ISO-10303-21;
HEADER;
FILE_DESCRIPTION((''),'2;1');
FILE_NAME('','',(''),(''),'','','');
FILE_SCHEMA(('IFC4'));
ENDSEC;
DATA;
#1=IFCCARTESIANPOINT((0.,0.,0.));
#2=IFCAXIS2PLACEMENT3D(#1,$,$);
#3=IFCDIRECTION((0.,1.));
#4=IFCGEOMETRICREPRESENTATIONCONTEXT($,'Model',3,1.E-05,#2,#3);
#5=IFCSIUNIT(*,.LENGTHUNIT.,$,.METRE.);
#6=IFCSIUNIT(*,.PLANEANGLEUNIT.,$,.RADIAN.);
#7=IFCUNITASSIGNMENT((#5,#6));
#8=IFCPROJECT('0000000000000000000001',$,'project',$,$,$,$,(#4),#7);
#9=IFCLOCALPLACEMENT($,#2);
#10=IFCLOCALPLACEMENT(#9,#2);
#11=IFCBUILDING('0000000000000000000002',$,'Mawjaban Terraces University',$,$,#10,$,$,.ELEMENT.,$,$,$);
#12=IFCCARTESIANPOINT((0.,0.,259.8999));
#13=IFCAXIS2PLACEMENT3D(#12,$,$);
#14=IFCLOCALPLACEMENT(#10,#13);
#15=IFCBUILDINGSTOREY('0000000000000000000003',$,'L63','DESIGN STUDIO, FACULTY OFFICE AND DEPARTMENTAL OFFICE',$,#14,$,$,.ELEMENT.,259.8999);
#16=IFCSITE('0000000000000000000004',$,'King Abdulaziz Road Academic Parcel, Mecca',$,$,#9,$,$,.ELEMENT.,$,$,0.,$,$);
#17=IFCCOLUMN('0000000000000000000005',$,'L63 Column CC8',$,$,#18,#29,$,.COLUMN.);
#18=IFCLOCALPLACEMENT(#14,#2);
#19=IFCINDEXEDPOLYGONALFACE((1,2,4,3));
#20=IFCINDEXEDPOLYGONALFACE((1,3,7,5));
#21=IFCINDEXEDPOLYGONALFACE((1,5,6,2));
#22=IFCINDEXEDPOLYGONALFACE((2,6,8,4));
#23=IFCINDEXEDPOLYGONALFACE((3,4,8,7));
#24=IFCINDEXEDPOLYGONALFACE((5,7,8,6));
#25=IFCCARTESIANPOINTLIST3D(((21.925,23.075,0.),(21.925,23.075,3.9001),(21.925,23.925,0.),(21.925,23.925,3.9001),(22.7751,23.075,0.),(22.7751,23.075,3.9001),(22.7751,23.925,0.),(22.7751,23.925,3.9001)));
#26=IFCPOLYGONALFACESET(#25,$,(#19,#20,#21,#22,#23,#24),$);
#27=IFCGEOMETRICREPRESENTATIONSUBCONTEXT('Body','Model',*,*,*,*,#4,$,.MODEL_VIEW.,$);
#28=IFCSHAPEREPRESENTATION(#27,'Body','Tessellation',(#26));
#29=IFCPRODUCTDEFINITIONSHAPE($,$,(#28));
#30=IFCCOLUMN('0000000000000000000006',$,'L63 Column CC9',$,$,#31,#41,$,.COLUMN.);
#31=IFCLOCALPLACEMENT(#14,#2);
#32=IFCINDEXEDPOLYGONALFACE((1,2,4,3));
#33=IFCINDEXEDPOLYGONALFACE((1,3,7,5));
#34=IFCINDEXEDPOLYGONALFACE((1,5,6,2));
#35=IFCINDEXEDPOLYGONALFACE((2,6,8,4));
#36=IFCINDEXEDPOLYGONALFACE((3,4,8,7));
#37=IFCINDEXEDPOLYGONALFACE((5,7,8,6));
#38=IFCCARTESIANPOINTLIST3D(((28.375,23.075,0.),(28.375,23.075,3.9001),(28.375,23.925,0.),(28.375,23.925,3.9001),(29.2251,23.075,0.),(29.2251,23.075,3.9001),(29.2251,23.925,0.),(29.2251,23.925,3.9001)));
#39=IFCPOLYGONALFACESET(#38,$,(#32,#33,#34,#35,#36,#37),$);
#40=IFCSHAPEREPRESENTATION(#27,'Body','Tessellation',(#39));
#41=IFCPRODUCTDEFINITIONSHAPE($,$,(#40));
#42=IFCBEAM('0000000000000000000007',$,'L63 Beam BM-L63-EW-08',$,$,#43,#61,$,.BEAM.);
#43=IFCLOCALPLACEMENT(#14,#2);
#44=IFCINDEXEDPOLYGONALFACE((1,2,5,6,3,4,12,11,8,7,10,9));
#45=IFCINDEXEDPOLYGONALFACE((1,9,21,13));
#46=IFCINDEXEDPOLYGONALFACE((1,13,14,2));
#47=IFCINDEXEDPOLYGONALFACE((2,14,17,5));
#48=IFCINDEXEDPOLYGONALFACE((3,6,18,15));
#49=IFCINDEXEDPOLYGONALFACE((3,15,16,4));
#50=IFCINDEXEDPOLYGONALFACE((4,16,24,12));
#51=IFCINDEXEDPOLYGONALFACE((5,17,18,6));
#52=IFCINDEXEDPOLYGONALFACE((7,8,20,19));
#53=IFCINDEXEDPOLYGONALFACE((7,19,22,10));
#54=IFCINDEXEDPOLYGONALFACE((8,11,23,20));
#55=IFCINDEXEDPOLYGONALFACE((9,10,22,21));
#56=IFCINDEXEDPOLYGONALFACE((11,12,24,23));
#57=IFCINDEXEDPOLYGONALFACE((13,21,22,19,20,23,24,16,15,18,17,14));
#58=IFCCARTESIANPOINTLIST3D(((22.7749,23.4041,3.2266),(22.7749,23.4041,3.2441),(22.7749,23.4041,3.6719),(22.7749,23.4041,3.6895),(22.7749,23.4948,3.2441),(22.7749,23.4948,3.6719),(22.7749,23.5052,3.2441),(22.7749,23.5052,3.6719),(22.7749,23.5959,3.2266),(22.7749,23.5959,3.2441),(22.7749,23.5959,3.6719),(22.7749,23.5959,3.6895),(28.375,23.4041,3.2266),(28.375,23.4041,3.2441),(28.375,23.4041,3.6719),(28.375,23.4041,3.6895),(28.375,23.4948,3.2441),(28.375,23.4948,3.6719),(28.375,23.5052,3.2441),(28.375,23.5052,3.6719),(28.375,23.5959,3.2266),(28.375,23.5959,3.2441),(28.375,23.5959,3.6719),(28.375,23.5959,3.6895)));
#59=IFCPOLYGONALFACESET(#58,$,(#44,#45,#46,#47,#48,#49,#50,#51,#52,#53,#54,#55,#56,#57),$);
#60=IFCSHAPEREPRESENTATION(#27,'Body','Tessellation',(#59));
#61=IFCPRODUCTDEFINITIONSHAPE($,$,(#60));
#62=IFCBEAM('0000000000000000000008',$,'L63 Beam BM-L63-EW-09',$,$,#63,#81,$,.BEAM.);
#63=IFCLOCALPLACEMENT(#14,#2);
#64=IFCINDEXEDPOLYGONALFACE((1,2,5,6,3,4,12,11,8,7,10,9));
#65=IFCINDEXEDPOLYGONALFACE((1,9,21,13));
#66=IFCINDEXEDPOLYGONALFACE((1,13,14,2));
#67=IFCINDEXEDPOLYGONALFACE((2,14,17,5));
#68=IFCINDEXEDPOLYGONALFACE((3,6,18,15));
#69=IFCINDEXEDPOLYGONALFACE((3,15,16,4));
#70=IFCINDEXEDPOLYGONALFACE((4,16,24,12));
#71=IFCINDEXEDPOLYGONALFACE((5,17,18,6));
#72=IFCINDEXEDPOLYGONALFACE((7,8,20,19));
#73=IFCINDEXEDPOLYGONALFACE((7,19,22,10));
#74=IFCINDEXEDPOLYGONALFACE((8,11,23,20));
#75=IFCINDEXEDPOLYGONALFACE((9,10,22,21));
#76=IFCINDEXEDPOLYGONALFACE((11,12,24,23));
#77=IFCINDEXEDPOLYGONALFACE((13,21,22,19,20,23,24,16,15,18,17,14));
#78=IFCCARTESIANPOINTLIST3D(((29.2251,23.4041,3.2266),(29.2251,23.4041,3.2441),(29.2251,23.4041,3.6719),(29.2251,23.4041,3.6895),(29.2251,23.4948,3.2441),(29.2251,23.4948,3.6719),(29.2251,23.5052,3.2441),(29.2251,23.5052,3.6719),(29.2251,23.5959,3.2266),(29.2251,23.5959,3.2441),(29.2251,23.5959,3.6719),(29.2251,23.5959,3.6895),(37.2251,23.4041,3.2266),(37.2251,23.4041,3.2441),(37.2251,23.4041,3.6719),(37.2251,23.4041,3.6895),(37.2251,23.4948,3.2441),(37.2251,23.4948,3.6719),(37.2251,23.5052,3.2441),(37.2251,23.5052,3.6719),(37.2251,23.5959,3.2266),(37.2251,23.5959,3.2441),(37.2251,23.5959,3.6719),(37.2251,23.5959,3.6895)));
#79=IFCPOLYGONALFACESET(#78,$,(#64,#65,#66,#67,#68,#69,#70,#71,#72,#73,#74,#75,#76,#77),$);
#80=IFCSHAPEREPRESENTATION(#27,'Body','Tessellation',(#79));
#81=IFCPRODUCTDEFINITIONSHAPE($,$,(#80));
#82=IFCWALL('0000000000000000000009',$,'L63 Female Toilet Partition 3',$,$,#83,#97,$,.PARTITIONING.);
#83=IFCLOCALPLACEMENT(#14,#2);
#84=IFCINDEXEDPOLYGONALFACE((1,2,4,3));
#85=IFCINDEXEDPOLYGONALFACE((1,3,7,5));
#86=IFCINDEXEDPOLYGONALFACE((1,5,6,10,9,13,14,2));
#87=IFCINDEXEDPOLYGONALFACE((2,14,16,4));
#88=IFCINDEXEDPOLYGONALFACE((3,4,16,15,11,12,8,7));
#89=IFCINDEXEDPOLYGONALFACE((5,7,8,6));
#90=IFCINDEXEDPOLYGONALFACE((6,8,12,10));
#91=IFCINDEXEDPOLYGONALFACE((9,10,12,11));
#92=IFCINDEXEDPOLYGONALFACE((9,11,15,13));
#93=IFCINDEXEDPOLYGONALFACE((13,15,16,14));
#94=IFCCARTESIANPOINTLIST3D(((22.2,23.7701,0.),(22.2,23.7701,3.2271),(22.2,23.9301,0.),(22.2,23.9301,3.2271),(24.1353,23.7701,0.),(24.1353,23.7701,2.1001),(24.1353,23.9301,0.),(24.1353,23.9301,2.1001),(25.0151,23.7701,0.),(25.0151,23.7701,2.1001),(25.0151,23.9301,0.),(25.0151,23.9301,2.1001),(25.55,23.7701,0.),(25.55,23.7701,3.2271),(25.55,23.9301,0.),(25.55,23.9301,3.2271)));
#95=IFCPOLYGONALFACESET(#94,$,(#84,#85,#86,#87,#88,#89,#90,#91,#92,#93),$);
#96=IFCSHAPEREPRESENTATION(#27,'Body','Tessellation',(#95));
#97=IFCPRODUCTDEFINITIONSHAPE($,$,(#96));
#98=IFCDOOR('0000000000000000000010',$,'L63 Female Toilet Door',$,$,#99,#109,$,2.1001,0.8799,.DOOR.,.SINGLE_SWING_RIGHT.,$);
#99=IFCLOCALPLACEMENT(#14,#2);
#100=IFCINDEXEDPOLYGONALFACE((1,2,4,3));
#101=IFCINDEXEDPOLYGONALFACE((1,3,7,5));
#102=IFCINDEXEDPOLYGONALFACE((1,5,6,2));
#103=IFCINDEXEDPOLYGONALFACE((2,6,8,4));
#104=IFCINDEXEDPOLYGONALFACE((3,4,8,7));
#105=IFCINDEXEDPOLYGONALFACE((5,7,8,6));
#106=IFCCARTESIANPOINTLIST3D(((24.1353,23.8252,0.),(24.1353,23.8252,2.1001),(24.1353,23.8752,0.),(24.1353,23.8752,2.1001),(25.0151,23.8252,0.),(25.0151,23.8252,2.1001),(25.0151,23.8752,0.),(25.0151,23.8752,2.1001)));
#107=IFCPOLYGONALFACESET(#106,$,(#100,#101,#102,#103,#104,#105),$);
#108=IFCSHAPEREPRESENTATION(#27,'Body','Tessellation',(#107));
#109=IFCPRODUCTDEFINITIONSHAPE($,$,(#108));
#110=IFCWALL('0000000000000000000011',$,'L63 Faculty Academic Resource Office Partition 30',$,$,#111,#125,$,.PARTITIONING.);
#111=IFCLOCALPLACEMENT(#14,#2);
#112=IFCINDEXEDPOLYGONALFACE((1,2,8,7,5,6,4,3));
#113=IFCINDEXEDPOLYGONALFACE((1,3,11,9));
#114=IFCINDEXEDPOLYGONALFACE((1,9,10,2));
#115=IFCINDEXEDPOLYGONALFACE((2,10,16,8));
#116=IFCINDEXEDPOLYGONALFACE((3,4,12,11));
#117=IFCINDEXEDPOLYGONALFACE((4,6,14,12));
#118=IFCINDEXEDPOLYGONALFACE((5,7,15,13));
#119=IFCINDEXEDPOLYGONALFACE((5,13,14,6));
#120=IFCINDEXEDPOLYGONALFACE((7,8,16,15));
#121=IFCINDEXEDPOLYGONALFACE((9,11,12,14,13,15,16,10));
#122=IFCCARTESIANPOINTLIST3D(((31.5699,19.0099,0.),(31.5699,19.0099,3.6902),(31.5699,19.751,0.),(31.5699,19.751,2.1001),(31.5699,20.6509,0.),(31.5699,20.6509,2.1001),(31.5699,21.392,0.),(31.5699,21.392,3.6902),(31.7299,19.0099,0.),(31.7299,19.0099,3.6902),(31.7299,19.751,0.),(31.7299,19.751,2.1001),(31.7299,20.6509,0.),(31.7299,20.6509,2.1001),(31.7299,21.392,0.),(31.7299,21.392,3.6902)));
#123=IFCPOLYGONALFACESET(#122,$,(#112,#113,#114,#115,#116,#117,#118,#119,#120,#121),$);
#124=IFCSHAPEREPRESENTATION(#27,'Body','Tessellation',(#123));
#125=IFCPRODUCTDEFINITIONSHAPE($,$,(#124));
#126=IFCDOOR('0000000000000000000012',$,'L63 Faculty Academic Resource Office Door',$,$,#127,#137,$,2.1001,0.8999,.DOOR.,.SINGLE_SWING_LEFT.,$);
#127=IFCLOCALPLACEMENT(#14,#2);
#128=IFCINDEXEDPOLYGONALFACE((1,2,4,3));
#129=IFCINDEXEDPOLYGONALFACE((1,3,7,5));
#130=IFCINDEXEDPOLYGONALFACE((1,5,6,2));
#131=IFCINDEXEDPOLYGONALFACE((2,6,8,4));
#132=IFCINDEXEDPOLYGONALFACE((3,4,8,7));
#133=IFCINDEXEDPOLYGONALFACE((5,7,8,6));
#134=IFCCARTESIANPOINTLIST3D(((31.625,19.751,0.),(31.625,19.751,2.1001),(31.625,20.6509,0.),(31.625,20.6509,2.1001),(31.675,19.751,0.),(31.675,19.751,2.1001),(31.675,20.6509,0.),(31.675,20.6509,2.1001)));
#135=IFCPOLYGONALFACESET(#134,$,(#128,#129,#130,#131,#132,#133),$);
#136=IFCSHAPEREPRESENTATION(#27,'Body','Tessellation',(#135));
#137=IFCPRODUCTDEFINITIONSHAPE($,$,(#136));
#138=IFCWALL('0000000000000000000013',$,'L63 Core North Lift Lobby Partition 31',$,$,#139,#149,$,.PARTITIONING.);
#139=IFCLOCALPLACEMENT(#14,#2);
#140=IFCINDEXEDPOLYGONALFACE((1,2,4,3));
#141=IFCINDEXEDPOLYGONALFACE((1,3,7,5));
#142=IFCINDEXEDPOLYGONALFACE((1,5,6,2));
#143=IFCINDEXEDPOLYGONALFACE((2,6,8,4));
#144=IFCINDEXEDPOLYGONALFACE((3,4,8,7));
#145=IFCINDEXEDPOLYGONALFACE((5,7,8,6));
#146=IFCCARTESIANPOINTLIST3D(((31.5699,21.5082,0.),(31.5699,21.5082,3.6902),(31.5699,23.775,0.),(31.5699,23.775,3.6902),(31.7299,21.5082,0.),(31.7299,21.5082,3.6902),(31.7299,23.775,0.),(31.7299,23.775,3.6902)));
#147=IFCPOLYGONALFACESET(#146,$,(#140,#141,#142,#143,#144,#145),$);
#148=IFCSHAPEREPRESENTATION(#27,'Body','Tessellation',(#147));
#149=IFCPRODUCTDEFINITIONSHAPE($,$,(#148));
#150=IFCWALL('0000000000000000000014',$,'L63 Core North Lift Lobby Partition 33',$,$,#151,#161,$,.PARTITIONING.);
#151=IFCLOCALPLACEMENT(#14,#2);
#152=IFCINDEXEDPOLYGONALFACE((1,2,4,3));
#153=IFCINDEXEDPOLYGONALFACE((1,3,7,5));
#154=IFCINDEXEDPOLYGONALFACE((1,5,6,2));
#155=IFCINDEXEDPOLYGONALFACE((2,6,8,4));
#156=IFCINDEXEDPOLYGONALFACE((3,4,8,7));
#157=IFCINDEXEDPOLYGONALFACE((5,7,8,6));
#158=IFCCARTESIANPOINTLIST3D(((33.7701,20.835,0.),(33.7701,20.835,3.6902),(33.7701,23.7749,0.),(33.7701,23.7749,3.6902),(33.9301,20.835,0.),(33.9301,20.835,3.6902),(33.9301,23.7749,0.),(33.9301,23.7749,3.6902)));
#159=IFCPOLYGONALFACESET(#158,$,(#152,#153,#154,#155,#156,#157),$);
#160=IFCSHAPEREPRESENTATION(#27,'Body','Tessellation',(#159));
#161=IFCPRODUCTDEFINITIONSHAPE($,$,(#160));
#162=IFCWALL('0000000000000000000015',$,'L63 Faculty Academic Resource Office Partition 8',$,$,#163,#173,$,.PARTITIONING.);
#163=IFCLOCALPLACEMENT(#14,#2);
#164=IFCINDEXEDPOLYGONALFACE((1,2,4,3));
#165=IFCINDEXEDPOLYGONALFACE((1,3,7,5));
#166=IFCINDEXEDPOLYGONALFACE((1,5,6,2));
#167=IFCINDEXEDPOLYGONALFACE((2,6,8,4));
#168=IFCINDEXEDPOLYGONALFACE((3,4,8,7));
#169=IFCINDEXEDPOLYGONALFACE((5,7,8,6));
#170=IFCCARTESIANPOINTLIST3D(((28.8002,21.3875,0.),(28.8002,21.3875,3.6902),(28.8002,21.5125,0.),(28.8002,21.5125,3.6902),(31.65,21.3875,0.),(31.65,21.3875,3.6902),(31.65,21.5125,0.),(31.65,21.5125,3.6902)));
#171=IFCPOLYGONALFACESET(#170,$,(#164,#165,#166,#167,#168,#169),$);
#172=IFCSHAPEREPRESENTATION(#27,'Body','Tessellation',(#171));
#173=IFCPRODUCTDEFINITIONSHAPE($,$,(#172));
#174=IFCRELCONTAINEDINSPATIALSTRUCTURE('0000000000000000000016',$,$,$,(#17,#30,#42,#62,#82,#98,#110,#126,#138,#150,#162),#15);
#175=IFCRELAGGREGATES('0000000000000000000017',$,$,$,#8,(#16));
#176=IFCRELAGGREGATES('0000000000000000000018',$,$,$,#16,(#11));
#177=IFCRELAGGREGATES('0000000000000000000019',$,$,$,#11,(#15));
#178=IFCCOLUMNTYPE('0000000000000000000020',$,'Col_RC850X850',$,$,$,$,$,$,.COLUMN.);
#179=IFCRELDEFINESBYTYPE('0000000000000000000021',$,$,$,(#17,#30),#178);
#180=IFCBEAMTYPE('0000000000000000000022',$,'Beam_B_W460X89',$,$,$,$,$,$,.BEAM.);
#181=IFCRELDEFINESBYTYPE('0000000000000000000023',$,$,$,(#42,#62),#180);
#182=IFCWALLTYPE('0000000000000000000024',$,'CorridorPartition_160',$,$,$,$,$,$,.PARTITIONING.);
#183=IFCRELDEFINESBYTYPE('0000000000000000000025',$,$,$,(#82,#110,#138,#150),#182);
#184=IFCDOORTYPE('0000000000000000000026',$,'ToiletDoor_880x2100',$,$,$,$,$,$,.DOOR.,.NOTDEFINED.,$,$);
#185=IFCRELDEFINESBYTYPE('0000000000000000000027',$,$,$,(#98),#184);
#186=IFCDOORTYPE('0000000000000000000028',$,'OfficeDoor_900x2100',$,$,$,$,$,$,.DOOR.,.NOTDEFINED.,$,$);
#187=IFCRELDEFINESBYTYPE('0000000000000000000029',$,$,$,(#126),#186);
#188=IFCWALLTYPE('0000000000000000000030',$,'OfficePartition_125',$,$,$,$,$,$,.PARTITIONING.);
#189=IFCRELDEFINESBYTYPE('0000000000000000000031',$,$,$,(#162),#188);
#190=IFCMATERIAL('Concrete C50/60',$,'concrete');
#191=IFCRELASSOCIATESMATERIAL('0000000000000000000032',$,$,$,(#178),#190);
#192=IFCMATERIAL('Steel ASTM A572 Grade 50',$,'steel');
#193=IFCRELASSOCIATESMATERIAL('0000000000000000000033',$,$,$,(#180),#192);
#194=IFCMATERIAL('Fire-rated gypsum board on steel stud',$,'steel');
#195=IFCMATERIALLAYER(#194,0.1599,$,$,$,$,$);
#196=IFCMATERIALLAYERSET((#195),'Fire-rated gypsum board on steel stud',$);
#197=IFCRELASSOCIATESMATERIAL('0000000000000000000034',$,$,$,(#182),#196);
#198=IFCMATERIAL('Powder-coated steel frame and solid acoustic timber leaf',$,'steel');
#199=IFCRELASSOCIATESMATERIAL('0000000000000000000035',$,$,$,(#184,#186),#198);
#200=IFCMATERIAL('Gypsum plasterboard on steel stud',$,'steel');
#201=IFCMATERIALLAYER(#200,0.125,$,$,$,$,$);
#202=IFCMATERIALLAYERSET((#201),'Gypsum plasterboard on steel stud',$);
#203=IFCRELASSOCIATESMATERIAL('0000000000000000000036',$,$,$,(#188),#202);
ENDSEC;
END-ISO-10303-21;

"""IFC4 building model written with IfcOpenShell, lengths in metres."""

from ifc_helpers import new_model, si_unit, direction, frame, frame_2d, origin, origin_2d, place, context, subcontext, project, spatial, rectangle, i_section, extrude, material, layer, layer_set, material_profile, profile_set, type_object, element, fill, save


model = new_model("IFC4")

# Units and contexts
model_context = context("Model", 3, precision=1e-05, world=origin(), true_north=direction((0.0, 1.0)))
body_context = subcontext(model_context, "Body", "Model", "MODEL_VIEW")
ifc_project = project(units=[si_unit("LENGTHUNIT", "METRE"), si_unit("PLANEANGLEUNIT", "RADIAN")], contexts=[model_context])

# Site, building, storey
site_placement = place(None, origin())
site = spatial("IfcSite", under=ifc_project, at=site_placement, Name="King Abdulaziz Road Academic Parcel, Mecca", CompositionType="ELEMENT", RefElevation=0.0)
building_placement = place(site_placement, origin())
building = spatial("IfcBuilding", under=site, at=building_placement, Name="Mawjaban Terraces University", CompositionType="ELEMENT")
storey_placement = place(building_placement, frame((0.0, 0.0, 259.8999)))
storey = spatial("IfcBuildingStorey", under=building, at=storey_placement, Name="L63", Description="DESIGN STUDIO, FACULTY OFFICE AND DEPARTMENTAL OFFICE", CompositionType="ELEMENT", Elevation=259.8999)

# Columns
ifc_material_1 = material(Name="Concrete C50/60", Category="concrete")
ifc_material_profile_1 = material_profile(ifc_material_1, rectangle(XDim=0.8501, YDim=0.8501, at=origin_2d()), Name="RC850X850")
ifc_profile_set_1 = profile_set([ifc_material_profile_1], Name="Concrete C50/60")
column_type = type_object("IfcColumnType", Name="Col_RC850X850", PredefinedType="COLUMN", material=ifc_profile_set_1)
for number, where, z_axis, x_axis, name in (
    (1, (22.3501, 23.5, 0.0), (0.0, 0.0, 1.0), (1.0, 0.0, 0.0), "L63 Column CC8"),
    (2, (28.8, 23.5, 0.0), (0.0, 0.0, 1.0), (1.0, 0.0, 0.0), "L63 Column CC9"),
):
    element("IfcColumn", number, at=place(storey_placement, frame(where, z_axis=z_axis, x_axis=x_axis)), inside=storey, type_object=column_type, Name=name, PredefinedType="COLUMN", context=body_context, shape_type="SweptSolid", body=[
        extrude(rectangle(XDim=0.8501, YDim=0.8501, at=origin_2d()), origin(), (0.0, 0.0, 1.0), 3.9001),
    ])

# Beams
ifc_material_2 = material(Name="Steel ASTM A572 Grade 50", Category="steel")
ifc_material_profile_2 = material_profile(ifc_material_2, i_section(OverallWidth=0.1919, OverallDepth=0.4629, WebThickness=0.0105, FlangeThickness=0.0176, at=origin_2d()), Name="W460X89")
ifc_profile_set_2 = profile_set([ifc_material_profile_2], Name="Steel ASTM A572 Grade 50")
beam_type = type_object("IfcBeamType", Name="Beam_B_W460X89", PredefinedType="BEAM", material=ifc_profile_set_2)
beam_1_placement = place(storey_placement, frame((22.7749, 23.5, 3.458), z_axis=(1.0, 0.0, 0.0), x_axis=(0.0, 1.0, 0.0)))
element("IfcBeam", 3, at=beam_1_placement, inside=storey, type_object=beam_type, Name="L63 Beam BM-L63-EW-08", PredefinedType="BEAM", context=body_context, shape_type="SweptSolid", body=[
    extrude(i_section(OverallWidth=0.1919, OverallDepth=0.4629, WebThickness=0.0105, FlangeThickness=0.0176, at=origin_2d()), origin(), (0.0, 0.0, 1.0), 5.6001),
])
beam_2_placement = place(storey_placement, frame((29.2251, 23.5, 3.458), z_axis=(1.0, 0.0, 0.0), x_axis=(0.0, 1.0, 0.0)))
element("IfcBeam", 4, at=beam_2_placement, inside=storey, type_object=beam_type, Name="L63 Beam BM-L63-EW-09", PredefinedType="BEAM", context=body_context, shape_type="SweptSolid", body=[
    extrude(i_section(OverallWidth=0.1919, OverallDepth=0.4629, WebThickness=0.0105, FlangeThickness=0.0176, at=origin_2d()), origin(), (0.0, 0.0, 1.0), 8.0),
])

# Walls, openings, doors
ifc_material_3 = material(Name="Fire-rated gypsum board on steel stud", Category="steel")
ifc_layer_1 = layer(ifc_material_3, 0.1599)
ifc_layer_set_1 = layer_set([ifc_layer_1], Name="Fire-rated gypsum board on steel stud")
wall_type_1 = type_object("IfcWallType", Name="CorridorPartition_160", PredefinedType="PARTITIONING", material=ifc_layer_set_1)
wall_1_placement = place(storey_placement, frame((25.55, 23.8501, 0.0), z_axis=(0.0, 0.0, 1.0), x_axis=(-1.0, 0.0, 0.0)))
wall_1 = element("IfcWall", 5, at=wall_1_placement, inside=storey, type_object=wall_type_1, Name="L63 Female Toilet Partition 3", PredefinedType="PARTITIONING", context=body_context, shape_type="SweptSolid", body=[
    extrude(rectangle(XDim=3.3501, YDim=0.1599, at=frame_2d((1.675, 0.0))), origin(), (0.0, 0.0, 1.0), 3.2271),
])
opening_1_placement = place(wall_1_placement, frame((0.5349, 0.0, 0.0)))
opening_1 = element("IfcOpeningElement", 6, at=opening_1_placement, cuts=wall_1, PredefinedType="OPENING", context=body_context, shape_type="SweptSolid", body=[
    extrude(rectangle(XDim=0.8799, YDim=2.1001, at=frame_2d((0.4399, 1.05))), frame((0.0, 0.0898, 0.0), z_axis=(0.0, -1.0, 0.0), x_axis=(1.0, 0.0, 0.0)), (0.0, 0.0, 1.0), 0.1799),
])
ifc_material_4 = material(Name="Powder-coated steel frame and solid acoustic timber leaf", Category="steel")
door_type_1 = type_object("IfcDoorType", Name="ToiletDoor_880x2100", OperationType="NOTDEFINED", PredefinedType="DOOR", material=ifc_material_4)
door_1_placement = place(opening_1_placement, origin())
door_1 = element("IfcDoor", 7, at=door_1_placement, inside=storey, type_object=door_type_1, Name="L63 Female Toilet Door", OperationType="SINGLE_SWING_RIGHT", OverallHeight=2.1001, OverallWidth=0.8799, PredefinedType="DOOR", context=body_context, shape_type="SweptSolid", body=[
    extrude(rectangle(XDim=0.8799, YDim=2.1001, at=frame_2d((0.4399, 1.05))), frame((0.0, 0.0249, 0.0), z_axis=(0.0, -1.0, 0.0), x_axis=(1.0, 0.0, 0.0)), (0.0, 0.0, 1.0), 0.05),
])
fill(opening_1, door_1)
wall_2_placement = place(storey_placement, frame((31.6499, 19.01, 0.0), z_axis=(0.0, 0.0, 1.0), x_axis=(0.0, 1.0, 0.0)))
wall_2 = element("IfcWall", 8, at=wall_2_placement, inside=storey, type_object=wall_type_1, Name="L63 Faculty Academic Resource Office Partition 30", PredefinedType="PARTITIONING", context=body_context, shape_type="SweptSolid", body=[
    extrude(rectangle(XDim=2.3821, YDim=0.1599, at=frame_2d((1.1909, 0.0))), origin(), (0.0, 0.0, 1.0), 3.6902),
])
opening_2_placement = place(wall_2_placement, frame((0.741, 0.0, 0.0)))
opening_2 = element("IfcOpeningElement", 9, at=opening_2_placement, cuts=wall_2, PredefinedType="OPENING", context=body_context, shape_type="SweptSolid", body=[
    extrude(rectangle(XDim=0.8999, YDim=2.1001, at=frame_2d((0.45, 1.05))), frame((0.0, 0.0898, 0.0), z_axis=(0.0, -1.0, 0.0), x_axis=(1.0, 0.0, 0.0)), (0.0, 0.0, 1.0), 0.1799),
])
door_type_2 = type_object("IfcDoorType", Name="OfficeDoor_900x2100", OperationType="NOTDEFINED", PredefinedType="DOOR", material=ifc_material_4)
door_2_placement = place(opening_2_placement, origin())
door_2 = element("IfcDoor", 10, at=door_2_placement, inside=storey, type_object=door_type_2, Name="L63 Faculty Academic Resource Office Door", OperationType="SINGLE_SWING_LEFT", OverallHeight=2.1001, OverallWidth=0.8999, PredefinedType="DOOR", context=body_context, shape_type="SweptSolid", body=[
    extrude(rectangle(XDim=0.8999, YDim=2.1001, at=frame_2d((0.45, 1.05))), frame((0.0, 0.0249, 0.0), z_axis=(0.0, -1.0, 0.0), x_axis=(1.0, 0.0, 0.0)), (0.0, 0.0, 1.0), 0.05),
])
fill(opening_2, door_2)

# Walls
wall_3_placement = place(storey_placement, frame((31.6499, 23.7749, 0.0), z_axis=(0.0, 0.0, 1.0), x_axis=(0.0, -1.0, 0.0)))
element("IfcWall", 11, at=wall_3_placement, inside=storey, type_object=wall_type_1, Name="L63 Core North Lift Lobby Partition 31", PredefinedType="PARTITIONING", context=body_context, shape_type="SweptSolid", body=[
    extrude(rectangle(XDim=2.2668, YDim=0.1599, at=frame_2d((1.1333, 0.0))), origin(), (0.0, 0.0, 1.0), 3.6902),
])
wall_4_placement = place(storey_placement, frame((33.8501, 20.835, 0.0), z_axis=(0.0, 0.0, 1.0), x_axis=(0.0, 1.0, 0.0)))
element("IfcWall", 12, at=wall_4_placement, inside=storey, type_object=wall_type_1, Name="L63 Core North Lift Lobby Partition 33", PredefinedType="PARTITIONING", context=body_context, shape_type="SweptSolid", body=[
    extrude(rectangle(XDim=2.9399, YDim=0.1599, at=frame_2d((1.47, 0.0))), origin(), (0.0, 0.0, 1.0), 3.6902),
])
ifc_material_5 = material(Name="Gypsum plasterboard on steel stud", Category="steel")
ifc_layer_2 = layer(ifc_material_5, 0.125)
ifc_layer_set_2 = layer_set([ifc_layer_2], Name="Gypsum plasterboard on steel stud")
wall_type_2 = type_object("IfcWallType", Name="OfficePartition_125", PredefinedType="PARTITIONING", material=ifc_layer_set_2)
wall_5_placement = place(storey_placement, frame((31.6499, 21.45, 0.0), z_axis=(0.0, 0.0, 1.0), x_axis=(-1.0, 0.0, 0.0)))
element("IfcWall", 13, at=wall_5_placement, inside=storey, type_object=wall_type_2, Name="L63 Faculty Academic Resource Office Partition 8", PredefinedType="PARTITIONING", context=body_context, shape_type="SweptSolid", body=[
    extrude(rectangle(XDim=2.8499, YDim=0.125, at=frame_2d((1.4248, 0.0))), origin(), (0.0, 0.0, 1.0), 3.6902),
])

save(model, "model.ifc")
